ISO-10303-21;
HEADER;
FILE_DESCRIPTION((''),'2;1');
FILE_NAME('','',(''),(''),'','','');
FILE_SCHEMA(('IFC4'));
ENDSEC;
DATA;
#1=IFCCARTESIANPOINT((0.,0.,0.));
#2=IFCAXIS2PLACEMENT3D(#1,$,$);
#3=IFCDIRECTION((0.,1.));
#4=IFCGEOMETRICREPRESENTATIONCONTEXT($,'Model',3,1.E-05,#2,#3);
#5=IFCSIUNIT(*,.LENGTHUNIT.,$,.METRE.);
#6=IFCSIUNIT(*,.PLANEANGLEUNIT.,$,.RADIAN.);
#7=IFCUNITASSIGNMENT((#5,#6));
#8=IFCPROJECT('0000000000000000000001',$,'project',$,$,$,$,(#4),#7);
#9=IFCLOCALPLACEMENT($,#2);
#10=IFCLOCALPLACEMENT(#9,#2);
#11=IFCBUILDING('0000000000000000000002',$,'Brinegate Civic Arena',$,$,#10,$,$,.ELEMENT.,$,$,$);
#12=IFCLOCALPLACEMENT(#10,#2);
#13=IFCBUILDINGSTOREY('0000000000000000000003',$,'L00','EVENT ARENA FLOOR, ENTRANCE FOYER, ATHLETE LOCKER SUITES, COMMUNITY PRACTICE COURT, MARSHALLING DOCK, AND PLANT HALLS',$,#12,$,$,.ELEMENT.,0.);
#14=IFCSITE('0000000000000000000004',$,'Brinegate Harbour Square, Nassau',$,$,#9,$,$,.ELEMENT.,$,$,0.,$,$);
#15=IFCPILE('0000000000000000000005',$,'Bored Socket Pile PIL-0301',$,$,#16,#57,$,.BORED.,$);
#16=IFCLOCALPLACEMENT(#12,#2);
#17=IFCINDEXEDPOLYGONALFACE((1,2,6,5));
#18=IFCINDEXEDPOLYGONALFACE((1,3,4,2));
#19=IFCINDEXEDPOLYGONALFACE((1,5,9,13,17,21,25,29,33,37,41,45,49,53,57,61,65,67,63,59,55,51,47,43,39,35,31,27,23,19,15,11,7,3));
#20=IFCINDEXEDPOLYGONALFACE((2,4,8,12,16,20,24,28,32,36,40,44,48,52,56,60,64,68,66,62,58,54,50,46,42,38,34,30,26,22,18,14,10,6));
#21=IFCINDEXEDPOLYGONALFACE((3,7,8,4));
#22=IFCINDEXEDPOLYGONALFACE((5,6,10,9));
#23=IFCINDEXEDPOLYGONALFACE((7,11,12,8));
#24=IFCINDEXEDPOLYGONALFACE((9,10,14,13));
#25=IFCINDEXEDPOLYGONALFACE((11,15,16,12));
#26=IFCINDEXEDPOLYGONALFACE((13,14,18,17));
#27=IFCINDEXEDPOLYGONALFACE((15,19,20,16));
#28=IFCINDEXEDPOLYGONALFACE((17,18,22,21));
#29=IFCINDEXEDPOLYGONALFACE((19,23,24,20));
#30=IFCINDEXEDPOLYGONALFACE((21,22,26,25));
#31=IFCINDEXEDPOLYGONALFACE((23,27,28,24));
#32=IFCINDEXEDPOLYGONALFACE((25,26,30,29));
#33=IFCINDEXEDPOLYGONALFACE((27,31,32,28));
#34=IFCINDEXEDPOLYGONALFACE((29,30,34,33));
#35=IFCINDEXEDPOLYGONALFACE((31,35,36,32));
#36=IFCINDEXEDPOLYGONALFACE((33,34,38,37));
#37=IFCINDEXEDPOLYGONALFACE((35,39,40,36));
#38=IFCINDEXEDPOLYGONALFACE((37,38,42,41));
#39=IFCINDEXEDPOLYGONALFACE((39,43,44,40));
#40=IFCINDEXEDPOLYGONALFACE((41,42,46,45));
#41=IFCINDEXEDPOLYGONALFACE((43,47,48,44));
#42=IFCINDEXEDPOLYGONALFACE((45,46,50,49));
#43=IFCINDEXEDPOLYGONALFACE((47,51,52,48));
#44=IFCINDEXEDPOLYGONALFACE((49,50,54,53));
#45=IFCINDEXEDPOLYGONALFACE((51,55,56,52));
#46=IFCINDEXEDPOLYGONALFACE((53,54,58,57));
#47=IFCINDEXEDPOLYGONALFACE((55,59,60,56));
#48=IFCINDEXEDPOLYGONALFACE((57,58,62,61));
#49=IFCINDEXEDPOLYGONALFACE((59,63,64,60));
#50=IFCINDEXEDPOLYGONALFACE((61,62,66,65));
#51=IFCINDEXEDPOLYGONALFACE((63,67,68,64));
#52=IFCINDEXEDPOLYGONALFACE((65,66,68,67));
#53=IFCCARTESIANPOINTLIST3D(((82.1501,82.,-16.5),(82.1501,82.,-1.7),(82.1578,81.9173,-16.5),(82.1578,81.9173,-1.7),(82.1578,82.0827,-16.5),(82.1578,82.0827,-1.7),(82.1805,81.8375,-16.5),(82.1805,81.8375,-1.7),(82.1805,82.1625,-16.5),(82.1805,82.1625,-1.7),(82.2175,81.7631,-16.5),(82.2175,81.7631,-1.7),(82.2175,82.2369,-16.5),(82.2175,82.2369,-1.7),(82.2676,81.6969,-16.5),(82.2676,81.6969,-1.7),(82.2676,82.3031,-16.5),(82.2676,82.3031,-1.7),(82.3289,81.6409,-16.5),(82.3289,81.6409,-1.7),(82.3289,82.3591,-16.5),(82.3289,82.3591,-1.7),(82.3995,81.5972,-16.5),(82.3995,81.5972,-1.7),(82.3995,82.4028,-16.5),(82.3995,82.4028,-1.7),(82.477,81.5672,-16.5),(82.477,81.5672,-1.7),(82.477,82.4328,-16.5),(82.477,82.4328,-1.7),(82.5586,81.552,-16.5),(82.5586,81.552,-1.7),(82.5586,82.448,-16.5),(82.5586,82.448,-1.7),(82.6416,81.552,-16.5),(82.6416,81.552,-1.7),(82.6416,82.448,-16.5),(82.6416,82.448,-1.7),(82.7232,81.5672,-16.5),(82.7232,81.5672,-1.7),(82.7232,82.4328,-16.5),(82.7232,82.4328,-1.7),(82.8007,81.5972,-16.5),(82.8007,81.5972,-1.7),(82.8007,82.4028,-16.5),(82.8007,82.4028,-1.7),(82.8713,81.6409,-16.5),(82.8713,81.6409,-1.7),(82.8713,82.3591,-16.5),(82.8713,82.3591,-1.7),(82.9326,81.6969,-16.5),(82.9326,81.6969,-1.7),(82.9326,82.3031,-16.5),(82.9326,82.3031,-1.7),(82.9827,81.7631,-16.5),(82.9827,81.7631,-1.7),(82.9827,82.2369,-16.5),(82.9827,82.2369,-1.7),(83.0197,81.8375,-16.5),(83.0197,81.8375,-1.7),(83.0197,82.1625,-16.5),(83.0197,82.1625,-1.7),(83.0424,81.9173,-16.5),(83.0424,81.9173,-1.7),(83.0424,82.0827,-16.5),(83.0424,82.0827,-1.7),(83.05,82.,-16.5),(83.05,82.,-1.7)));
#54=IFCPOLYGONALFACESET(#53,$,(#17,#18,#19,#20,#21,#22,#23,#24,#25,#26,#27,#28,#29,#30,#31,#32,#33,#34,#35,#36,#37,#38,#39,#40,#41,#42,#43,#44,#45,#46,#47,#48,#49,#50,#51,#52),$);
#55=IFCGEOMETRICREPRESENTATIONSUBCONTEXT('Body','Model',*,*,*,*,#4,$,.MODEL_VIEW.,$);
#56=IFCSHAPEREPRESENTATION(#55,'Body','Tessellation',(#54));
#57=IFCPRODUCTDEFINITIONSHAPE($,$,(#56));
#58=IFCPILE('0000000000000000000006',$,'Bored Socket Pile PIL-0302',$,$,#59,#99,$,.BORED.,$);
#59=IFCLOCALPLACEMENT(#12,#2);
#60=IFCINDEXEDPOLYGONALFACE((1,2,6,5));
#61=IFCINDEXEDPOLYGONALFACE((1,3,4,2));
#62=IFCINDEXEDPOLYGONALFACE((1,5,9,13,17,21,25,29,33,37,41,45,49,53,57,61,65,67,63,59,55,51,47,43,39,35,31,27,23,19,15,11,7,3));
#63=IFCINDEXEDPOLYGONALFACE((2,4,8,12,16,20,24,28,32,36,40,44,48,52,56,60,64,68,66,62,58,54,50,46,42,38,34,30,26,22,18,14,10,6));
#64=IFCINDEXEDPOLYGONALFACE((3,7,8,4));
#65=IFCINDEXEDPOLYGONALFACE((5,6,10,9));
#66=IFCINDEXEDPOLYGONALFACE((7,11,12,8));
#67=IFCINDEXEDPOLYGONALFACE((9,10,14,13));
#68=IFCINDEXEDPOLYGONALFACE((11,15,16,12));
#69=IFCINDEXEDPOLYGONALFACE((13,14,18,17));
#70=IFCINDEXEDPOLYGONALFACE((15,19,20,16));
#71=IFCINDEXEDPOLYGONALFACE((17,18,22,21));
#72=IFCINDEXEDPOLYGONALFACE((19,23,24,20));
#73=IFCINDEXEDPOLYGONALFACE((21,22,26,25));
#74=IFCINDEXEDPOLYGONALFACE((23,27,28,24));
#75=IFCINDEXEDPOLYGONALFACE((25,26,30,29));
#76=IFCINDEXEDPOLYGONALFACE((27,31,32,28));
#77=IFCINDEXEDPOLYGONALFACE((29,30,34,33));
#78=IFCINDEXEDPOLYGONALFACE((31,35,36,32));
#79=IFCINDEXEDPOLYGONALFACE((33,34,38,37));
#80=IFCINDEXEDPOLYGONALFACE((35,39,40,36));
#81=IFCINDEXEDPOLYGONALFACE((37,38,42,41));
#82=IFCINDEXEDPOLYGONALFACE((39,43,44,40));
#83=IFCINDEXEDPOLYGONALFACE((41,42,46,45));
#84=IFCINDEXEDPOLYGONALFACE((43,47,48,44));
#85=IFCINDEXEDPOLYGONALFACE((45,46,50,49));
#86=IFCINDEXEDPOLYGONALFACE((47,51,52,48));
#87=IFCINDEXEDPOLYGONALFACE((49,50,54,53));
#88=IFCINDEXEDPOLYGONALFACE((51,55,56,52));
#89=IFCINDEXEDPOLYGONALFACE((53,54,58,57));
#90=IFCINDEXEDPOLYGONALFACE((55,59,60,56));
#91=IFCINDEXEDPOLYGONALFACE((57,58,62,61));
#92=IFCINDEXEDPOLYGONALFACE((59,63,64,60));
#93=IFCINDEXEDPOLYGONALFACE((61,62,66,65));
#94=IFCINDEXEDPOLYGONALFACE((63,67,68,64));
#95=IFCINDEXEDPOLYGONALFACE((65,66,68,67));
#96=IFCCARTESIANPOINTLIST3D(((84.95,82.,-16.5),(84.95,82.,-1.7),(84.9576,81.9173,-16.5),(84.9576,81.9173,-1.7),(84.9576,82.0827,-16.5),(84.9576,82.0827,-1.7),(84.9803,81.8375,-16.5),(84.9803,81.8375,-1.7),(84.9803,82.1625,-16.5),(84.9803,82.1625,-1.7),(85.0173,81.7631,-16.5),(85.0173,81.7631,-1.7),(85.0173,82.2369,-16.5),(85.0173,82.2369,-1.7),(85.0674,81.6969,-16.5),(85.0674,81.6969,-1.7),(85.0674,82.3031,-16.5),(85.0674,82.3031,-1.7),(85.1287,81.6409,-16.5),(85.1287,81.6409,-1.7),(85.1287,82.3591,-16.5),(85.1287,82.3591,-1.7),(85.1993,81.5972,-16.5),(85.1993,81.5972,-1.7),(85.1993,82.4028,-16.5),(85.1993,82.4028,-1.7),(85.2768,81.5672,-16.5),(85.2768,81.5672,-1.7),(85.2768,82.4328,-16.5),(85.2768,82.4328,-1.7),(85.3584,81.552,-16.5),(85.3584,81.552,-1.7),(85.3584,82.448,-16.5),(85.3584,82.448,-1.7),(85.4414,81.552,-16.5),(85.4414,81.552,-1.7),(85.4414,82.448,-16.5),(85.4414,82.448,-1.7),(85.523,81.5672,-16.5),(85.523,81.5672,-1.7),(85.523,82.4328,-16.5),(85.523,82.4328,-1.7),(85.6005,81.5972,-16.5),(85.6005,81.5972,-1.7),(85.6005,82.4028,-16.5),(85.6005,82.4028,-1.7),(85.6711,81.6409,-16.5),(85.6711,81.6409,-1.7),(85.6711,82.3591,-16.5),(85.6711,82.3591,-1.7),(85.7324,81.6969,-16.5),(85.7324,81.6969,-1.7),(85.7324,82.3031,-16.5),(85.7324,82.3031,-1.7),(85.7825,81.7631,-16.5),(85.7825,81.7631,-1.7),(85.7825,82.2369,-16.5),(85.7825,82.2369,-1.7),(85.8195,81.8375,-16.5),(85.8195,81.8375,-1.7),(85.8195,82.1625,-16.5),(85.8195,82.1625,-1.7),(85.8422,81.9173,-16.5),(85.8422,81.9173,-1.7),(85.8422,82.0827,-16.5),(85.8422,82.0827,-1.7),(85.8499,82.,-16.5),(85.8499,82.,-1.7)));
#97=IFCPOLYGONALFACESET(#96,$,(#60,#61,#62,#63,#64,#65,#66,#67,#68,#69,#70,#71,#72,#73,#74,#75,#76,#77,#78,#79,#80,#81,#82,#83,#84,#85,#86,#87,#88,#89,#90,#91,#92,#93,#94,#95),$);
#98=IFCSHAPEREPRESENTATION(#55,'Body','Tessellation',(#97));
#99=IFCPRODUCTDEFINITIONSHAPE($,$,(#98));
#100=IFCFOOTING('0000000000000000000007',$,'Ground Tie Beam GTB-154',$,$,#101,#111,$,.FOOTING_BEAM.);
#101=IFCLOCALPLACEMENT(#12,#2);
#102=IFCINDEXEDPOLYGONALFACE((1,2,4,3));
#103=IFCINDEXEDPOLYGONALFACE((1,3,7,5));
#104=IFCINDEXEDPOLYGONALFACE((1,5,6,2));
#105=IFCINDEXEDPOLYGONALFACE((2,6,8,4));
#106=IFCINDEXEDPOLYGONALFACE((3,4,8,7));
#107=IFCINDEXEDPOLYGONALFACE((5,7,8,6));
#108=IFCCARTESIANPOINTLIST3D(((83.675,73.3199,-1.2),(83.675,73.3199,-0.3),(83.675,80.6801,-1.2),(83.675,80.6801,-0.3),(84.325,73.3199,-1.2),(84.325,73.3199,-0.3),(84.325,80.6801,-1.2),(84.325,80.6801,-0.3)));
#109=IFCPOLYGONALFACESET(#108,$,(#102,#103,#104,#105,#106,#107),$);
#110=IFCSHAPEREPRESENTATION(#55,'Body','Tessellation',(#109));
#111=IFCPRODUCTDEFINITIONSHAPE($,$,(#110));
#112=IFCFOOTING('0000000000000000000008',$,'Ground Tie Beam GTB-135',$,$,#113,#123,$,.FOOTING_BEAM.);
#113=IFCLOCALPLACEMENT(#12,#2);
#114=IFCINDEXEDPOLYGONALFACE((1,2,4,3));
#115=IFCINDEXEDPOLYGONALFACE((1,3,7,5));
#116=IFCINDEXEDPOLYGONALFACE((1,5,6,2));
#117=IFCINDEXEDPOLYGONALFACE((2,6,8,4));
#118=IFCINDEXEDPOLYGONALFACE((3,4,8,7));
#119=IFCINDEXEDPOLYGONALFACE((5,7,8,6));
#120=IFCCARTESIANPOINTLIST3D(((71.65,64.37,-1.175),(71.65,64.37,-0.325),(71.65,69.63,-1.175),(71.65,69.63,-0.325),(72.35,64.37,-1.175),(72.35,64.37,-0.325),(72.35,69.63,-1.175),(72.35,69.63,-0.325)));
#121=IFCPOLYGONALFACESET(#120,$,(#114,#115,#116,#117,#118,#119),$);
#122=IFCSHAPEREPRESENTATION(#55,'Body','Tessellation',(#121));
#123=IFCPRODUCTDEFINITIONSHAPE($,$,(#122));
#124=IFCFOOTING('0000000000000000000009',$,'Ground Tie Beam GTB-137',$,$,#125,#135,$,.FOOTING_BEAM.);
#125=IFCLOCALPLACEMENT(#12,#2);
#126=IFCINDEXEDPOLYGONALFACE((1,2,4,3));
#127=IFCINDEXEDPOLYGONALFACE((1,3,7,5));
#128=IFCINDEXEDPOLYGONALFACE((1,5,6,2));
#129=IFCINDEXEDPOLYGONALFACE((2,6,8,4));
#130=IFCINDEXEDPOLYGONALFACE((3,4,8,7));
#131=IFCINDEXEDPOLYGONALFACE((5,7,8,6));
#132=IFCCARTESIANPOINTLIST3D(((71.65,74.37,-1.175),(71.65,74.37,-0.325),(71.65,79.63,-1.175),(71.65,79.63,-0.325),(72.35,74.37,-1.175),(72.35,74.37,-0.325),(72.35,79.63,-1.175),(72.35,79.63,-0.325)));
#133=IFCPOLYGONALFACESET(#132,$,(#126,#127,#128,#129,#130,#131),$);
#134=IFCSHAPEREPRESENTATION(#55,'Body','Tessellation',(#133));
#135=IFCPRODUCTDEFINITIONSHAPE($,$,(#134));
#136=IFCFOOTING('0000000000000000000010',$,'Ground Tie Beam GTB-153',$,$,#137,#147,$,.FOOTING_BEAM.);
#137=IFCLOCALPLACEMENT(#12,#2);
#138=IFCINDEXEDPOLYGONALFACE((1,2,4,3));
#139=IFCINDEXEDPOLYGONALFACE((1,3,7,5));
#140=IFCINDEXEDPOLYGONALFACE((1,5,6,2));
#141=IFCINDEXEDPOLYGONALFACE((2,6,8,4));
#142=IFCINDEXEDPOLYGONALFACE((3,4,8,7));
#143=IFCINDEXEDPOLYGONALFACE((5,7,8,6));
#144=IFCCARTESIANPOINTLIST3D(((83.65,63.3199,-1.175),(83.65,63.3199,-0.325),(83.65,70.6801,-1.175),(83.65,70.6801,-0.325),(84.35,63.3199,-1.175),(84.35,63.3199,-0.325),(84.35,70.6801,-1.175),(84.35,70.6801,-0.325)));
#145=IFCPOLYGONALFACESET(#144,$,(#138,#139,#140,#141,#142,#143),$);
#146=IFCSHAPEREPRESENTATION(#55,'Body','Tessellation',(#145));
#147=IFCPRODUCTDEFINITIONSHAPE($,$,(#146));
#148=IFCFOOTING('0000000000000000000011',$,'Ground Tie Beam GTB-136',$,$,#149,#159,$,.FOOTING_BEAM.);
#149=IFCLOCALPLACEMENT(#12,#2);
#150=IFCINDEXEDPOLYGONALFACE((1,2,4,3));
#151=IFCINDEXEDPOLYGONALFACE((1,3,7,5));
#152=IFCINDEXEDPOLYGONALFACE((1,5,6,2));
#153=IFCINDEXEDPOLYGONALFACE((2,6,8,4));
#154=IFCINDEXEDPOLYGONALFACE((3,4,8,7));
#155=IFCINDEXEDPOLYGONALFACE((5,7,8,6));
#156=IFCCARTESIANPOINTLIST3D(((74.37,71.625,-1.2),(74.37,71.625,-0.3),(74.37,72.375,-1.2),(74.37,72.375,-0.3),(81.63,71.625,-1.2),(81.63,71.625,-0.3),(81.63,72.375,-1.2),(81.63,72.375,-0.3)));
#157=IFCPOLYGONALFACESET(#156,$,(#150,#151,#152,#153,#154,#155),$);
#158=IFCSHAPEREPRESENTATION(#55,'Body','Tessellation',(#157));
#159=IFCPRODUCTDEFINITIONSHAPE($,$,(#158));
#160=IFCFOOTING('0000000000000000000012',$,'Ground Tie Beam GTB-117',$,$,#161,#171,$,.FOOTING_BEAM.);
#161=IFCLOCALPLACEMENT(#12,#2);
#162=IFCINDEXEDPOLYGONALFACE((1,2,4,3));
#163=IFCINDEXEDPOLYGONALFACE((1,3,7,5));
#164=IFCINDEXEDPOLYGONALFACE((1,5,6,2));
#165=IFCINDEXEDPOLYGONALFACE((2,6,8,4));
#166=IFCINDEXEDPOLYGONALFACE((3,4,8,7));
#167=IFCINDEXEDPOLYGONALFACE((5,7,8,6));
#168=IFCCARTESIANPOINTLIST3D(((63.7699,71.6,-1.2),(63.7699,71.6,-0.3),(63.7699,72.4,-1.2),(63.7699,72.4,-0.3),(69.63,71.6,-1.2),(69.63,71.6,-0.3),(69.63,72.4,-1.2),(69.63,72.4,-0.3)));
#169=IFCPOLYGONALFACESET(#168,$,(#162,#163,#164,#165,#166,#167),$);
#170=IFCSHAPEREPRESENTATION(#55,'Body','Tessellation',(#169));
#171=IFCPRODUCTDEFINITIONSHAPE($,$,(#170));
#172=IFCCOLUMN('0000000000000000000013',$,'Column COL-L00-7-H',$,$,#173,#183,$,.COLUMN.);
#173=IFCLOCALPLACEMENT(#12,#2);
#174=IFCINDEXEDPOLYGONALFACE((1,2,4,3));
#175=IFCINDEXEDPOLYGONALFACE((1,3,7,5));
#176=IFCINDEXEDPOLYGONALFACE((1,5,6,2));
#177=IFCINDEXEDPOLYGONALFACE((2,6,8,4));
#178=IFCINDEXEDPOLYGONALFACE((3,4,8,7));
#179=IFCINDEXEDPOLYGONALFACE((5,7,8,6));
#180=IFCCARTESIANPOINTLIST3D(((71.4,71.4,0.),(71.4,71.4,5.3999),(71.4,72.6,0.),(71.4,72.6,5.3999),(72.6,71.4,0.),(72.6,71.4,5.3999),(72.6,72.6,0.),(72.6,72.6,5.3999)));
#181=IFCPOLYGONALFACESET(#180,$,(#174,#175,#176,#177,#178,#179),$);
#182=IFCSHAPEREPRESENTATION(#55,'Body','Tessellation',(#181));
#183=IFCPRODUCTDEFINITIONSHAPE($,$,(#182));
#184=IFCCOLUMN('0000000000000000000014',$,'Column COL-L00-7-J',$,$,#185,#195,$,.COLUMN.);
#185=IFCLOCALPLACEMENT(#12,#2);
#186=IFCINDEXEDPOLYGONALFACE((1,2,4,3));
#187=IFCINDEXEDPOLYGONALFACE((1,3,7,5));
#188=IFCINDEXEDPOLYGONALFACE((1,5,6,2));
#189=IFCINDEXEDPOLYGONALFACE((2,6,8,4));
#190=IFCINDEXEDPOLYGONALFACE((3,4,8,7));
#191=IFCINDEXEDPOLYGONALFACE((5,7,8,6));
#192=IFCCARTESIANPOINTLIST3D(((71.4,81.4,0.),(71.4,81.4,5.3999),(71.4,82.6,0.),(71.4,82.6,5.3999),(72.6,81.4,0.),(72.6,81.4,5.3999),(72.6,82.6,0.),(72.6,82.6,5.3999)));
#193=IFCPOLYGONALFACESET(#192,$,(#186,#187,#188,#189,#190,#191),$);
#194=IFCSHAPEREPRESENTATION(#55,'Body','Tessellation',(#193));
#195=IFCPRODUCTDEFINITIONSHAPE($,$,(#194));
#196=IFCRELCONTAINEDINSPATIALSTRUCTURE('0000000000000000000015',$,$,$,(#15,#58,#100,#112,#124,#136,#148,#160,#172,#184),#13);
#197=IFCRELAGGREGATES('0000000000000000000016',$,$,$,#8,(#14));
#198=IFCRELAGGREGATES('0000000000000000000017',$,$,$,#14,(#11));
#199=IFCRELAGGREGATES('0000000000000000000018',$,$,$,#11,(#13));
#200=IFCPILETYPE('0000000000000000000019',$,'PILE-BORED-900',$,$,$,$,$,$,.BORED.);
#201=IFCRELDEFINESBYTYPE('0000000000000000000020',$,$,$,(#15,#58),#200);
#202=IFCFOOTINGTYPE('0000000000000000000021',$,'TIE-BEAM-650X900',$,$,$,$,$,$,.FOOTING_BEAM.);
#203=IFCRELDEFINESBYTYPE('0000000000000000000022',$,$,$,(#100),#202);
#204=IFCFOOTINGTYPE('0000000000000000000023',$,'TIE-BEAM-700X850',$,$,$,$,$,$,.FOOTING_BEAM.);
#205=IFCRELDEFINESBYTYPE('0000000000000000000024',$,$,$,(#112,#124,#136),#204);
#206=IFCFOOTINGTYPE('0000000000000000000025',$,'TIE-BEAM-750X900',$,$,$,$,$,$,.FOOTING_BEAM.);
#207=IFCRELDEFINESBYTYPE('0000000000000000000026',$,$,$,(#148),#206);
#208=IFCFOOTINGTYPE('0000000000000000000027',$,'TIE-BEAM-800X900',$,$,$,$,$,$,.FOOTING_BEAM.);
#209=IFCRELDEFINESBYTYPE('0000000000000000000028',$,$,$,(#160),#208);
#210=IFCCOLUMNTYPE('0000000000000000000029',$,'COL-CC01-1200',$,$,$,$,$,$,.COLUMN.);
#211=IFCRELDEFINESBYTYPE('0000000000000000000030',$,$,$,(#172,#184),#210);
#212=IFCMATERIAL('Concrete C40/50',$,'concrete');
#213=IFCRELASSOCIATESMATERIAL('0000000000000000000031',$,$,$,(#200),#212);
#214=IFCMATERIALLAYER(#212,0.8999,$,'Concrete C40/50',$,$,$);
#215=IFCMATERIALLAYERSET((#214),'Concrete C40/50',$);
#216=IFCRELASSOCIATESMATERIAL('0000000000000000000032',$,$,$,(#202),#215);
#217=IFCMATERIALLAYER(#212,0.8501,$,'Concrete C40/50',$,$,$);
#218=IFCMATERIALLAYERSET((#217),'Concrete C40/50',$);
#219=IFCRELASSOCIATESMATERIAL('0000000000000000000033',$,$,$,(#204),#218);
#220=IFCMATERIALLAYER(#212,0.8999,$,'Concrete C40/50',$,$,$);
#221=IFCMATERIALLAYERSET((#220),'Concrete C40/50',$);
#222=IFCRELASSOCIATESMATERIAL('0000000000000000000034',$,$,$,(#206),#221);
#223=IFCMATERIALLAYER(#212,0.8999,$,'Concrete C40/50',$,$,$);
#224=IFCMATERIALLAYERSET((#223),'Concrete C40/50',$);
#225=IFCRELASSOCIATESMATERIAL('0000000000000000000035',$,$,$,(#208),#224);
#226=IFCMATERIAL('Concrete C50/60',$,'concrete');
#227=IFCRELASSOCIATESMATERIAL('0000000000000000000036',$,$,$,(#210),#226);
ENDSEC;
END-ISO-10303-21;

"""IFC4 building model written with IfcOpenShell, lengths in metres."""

from ifc_helpers import new_model, si_unit, direction, frame, origin, origin_2d, place, context, subcontext, project, spatial, rectangle, circle, extrude, material, layer, layer_set, material_profile, profile_set, type_object, element, save


model = new_model("IFC4")

# Units and contexts
model_context = context("Model", 3, precision=1e-05, world=origin(), true_north=direction((0.0, 1.0)))
body_context = subcontext(model_context, "Body", "Model", "MODEL_VIEW")
ifc_project = project(units=[si_unit("LENGTHUNIT", "METRE"), si_unit("PLANEANGLEUNIT", "RADIAN")], contexts=[model_context])

# Site, building, storey
site_placement = place(None, origin())
site = spatial("IfcSite", under=ifc_project, at=site_placement, Name="Brinegate Harbour Square, Nassau", CompositionType="ELEMENT", RefElevation=0.0)
building_placement = place(site_placement, origin())
building = spatial("IfcBuilding", under=site, at=building_placement, Name="Brinegate Civic Arena", CompositionType="ELEMENT")
storey_placement = place(building_placement, origin())
storey = spatial("IfcBuildingStorey", under=building, at=storey_placement, Name="L00", Description="EVENT ARENA FLOOR, ENTRANCE FOYER, ATHLETE LOCKER SUITES, COMMUNITY PRACTICE COURT, MARSHALLING DOCK, AND PLANT HALLS", CompositionType="ELEMENT", Elevation=0.0)

# Shared definitions
ifc_material_1 = material(Name="Concrete C40/50", Category="concrete")

# Piles
ifc_material_profile_1 = material_profile(ifc_material_1, circle(Radius=0.45, at=origin_2d()), Name="PILED900")
ifc_profile_set_1 = profile_set([ifc_material_profile_1], Name="Concrete C40/50")
pile_type_1 = type_object("IfcPileType", Name="PILE-BORED-900", PredefinedType="BORED", material=ifc_profile_set_1)
for number, where, z_axis, x_axis, name in (
    (1, (82.6001, 82.0, -1.7), (0.0, 0.0, -1.0), (1.0, 0.0, 0.0), "Bored Socket Pile PIL-0301"),
    (2, (85.3999, 82.0, -1.7), (0.0, 0.0, -1.0), (1.0, 0.0, 0.0), "Bored Socket Pile PIL-0302"),
):
    element("IfcPile", number, at=place(storey_placement, frame(where, z_axis=z_axis, x_axis=x_axis)), inside=storey, type_object=pile_type_1, Name=name, PredefinedType="BORED", context=body_context, shape_type="SweptSolid", body=[
        extrude(circle(Radius=0.45, at=origin_2d()), origin(), (0.0, 0.0, 1.0), 14.8),
    ])

# Footings
ifc_layer_1 = layer(ifc_material_1, 0.8999, Name="Concrete C40/50")
ifc_layer_set_1 = layer_set([ifc_layer_1], Name="Concrete C40/50")
footing_type_1 = type_object("IfcFootingType", Name="TIE-BEAM-650X900", PredefinedType="FOOTING_BEAM", material=ifc_layer_set_1)
footing_1_placement = place(storey_placement, frame((84.0, 77.0, -1.2), z_axis=(0.0, 0.0, 1.0), x_axis=(0.0, 1.0, 0.0)))
element("IfcFooting", 3, at=footing_1_placement, inside=storey, type_object=footing_type_1, Name="Ground Tie Beam GTB-154", PredefinedType="FOOTING_BEAM", context=body_context, shape_type="SweptSolid", body=[
    extrude(rectangle(XDim=7.3601, YDim=0.6499, at=origin_2d()), origin(), (0.0, 0.0, 1.0), 0.8999),
])
ifc_layer_2 = layer(ifc_material_1, 0.8501, Name="Concrete C40/50")
ifc_layer_set_2 = layer_set([ifc_layer_2], Name="Concrete C40/50")
footing_type_2 = type_object("IfcFootingType", Name="TIE-BEAM-700X850", PredefinedType="FOOTING_BEAM", material=ifc_layer_set_2)
for number, where, z_axis, x_axis, name in (
    (4, (72.0, 67.0, -1.175), (0.0, 0.0, 1.0), (0.0, 1.0, 0.0), "Ground Tie Beam GTB-135"),
    (5, (72.0, 77.0, -1.175), (0.0, 0.0, 1.0), (0.0, 1.0, 0.0), "Ground Tie Beam GTB-137"),
):
    element("IfcFooting", number, at=place(storey_placement, frame(where, z_axis=z_axis, x_axis=x_axis)), inside=storey, type_object=footing_type_2, Name=name, PredefinedType="FOOTING_BEAM", context=body_context, shape_type="SweptSolid", body=[
        extrude(rectangle(XDim=5.26, YDim=0.7, at=origin_2d()), origin(), (0.0, 0.0, 1.0), 0.8501),
    ])
footing_2_placement = place(storey_placement, frame((84.0, 67.0, -1.175), z_axis=(0.0, 0.0, 1.0), x_axis=(0.0, 1.0, 0.0)))
element("IfcFooting", 6, at=footing_2_placement, inside=storey, type_object=footing_type_2, Name="Ground Tie Beam GTB-153", PredefinedType="FOOTING_BEAM", context=body_context, shape_type="SweptSolid", body=[
    extrude(rectangle(XDim=7.3601, YDim=0.7, at=origin_2d()), origin(), (0.0, 0.0, 1.0), 0.8501),
])
ifc_layer_3 = layer(ifc_material_1, 0.8999, Name="Concrete C40/50")
ifc_layer_set_3 = layer_set([ifc_layer_3], Name="Concrete C40/50")
footing_type_3 = type_object("IfcFootingType", Name="TIE-BEAM-750X900", PredefinedType="FOOTING_BEAM", material=ifc_layer_set_3)
footing_3_placement = place(storey_placement, frame((78.0, 72.0, -1.2), z_axis=(0.0, 0.0, 1.0), x_axis=(1.0, 0.0, 0.0)))
element("IfcFooting", 7, at=footing_3_placement, inside=storey, type_object=footing_type_3, Name="Ground Tie Beam GTB-136", PredefinedType="FOOTING_BEAM", context=body_context, shape_type="SweptSolid", body=[
    extrude(rectangle(XDim=7.26, YDim=0.75, at=origin_2d()), origin(), (0.0, 0.0, 1.0), 0.8999),
])
ifc_layer_4 = layer(ifc_material_1, 0.8999, Name="Concrete C40/50")
ifc_layer_set_4 = layer_set([ifc_layer_4], Name="Concrete C40/50")
footing_type_4 = type_object("IfcFootingType", Name="TIE-BEAM-800X900", PredefinedType="FOOTING_BEAM", material=ifc_layer_set_4)
footing_4_placement = place(storey_placement, frame((66.7, 72.0, -1.2), z_axis=(0.0, 0.0, 1.0), x_axis=(1.0, 0.0, 0.0)))
element("IfcFooting", 8, at=footing_4_placement, inside=storey, type_object=footing_type_4, Name="Ground Tie Beam GTB-117", PredefinedType="FOOTING_BEAM", context=body_context, shape_type="SweptSolid", body=[
    extrude(rectangle(XDim=5.8601, YDim=0.8, at=origin_2d()), origin(), (0.0, 0.0, 1.0), 0.8999),
])

# Columns
ifc_material_2 = material(Name="Concrete C50/60", Category="concrete")
ifc_material_profile_2 = material_profile(ifc_material_2, rectangle(XDim=1.2, YDim=1.2, at=origin_2d()), Name="RC1200X1200")
ifc_profile_set_2 = profile_set([ifc_material_profile_2], Name="Concrete C50/60")
column_type_1 = type_object("IfcColumnType", Name="COL-CC01-1200", PredefinedType="COLUMN", material=ifc_profile_set_2)
for number, where, z_axis, x_axis, name in (
    (9, (72.0, 72.0, 0.0), (0.0, 0.0, 1.0), (1.0, 0.0, 0.0), "Column COL-L00-7-H"),
    (10, (72.0, 82.0, 0.0), (0.0, 0.0, 1.0), (1.0, 0.0, 0.0), "Column COL-L00-7-J"),
):
    element("IfcColumn", number, at=place(storey_placement, frame(where, z_axis=z_axis, x_axis=x_axis)), inside=storey, type_object=column_type_1, Name=name, PredefinedType="COLUMN", context=body_context, shape_type="SweptSolid", body=[
        extrude(rectangle(XDim=1.2, YDim=1.2, at=origin_2d()), origin(), (0.0, 0.0, 1.0), 5.3999),
    ])

save(model, "model.ifc")
